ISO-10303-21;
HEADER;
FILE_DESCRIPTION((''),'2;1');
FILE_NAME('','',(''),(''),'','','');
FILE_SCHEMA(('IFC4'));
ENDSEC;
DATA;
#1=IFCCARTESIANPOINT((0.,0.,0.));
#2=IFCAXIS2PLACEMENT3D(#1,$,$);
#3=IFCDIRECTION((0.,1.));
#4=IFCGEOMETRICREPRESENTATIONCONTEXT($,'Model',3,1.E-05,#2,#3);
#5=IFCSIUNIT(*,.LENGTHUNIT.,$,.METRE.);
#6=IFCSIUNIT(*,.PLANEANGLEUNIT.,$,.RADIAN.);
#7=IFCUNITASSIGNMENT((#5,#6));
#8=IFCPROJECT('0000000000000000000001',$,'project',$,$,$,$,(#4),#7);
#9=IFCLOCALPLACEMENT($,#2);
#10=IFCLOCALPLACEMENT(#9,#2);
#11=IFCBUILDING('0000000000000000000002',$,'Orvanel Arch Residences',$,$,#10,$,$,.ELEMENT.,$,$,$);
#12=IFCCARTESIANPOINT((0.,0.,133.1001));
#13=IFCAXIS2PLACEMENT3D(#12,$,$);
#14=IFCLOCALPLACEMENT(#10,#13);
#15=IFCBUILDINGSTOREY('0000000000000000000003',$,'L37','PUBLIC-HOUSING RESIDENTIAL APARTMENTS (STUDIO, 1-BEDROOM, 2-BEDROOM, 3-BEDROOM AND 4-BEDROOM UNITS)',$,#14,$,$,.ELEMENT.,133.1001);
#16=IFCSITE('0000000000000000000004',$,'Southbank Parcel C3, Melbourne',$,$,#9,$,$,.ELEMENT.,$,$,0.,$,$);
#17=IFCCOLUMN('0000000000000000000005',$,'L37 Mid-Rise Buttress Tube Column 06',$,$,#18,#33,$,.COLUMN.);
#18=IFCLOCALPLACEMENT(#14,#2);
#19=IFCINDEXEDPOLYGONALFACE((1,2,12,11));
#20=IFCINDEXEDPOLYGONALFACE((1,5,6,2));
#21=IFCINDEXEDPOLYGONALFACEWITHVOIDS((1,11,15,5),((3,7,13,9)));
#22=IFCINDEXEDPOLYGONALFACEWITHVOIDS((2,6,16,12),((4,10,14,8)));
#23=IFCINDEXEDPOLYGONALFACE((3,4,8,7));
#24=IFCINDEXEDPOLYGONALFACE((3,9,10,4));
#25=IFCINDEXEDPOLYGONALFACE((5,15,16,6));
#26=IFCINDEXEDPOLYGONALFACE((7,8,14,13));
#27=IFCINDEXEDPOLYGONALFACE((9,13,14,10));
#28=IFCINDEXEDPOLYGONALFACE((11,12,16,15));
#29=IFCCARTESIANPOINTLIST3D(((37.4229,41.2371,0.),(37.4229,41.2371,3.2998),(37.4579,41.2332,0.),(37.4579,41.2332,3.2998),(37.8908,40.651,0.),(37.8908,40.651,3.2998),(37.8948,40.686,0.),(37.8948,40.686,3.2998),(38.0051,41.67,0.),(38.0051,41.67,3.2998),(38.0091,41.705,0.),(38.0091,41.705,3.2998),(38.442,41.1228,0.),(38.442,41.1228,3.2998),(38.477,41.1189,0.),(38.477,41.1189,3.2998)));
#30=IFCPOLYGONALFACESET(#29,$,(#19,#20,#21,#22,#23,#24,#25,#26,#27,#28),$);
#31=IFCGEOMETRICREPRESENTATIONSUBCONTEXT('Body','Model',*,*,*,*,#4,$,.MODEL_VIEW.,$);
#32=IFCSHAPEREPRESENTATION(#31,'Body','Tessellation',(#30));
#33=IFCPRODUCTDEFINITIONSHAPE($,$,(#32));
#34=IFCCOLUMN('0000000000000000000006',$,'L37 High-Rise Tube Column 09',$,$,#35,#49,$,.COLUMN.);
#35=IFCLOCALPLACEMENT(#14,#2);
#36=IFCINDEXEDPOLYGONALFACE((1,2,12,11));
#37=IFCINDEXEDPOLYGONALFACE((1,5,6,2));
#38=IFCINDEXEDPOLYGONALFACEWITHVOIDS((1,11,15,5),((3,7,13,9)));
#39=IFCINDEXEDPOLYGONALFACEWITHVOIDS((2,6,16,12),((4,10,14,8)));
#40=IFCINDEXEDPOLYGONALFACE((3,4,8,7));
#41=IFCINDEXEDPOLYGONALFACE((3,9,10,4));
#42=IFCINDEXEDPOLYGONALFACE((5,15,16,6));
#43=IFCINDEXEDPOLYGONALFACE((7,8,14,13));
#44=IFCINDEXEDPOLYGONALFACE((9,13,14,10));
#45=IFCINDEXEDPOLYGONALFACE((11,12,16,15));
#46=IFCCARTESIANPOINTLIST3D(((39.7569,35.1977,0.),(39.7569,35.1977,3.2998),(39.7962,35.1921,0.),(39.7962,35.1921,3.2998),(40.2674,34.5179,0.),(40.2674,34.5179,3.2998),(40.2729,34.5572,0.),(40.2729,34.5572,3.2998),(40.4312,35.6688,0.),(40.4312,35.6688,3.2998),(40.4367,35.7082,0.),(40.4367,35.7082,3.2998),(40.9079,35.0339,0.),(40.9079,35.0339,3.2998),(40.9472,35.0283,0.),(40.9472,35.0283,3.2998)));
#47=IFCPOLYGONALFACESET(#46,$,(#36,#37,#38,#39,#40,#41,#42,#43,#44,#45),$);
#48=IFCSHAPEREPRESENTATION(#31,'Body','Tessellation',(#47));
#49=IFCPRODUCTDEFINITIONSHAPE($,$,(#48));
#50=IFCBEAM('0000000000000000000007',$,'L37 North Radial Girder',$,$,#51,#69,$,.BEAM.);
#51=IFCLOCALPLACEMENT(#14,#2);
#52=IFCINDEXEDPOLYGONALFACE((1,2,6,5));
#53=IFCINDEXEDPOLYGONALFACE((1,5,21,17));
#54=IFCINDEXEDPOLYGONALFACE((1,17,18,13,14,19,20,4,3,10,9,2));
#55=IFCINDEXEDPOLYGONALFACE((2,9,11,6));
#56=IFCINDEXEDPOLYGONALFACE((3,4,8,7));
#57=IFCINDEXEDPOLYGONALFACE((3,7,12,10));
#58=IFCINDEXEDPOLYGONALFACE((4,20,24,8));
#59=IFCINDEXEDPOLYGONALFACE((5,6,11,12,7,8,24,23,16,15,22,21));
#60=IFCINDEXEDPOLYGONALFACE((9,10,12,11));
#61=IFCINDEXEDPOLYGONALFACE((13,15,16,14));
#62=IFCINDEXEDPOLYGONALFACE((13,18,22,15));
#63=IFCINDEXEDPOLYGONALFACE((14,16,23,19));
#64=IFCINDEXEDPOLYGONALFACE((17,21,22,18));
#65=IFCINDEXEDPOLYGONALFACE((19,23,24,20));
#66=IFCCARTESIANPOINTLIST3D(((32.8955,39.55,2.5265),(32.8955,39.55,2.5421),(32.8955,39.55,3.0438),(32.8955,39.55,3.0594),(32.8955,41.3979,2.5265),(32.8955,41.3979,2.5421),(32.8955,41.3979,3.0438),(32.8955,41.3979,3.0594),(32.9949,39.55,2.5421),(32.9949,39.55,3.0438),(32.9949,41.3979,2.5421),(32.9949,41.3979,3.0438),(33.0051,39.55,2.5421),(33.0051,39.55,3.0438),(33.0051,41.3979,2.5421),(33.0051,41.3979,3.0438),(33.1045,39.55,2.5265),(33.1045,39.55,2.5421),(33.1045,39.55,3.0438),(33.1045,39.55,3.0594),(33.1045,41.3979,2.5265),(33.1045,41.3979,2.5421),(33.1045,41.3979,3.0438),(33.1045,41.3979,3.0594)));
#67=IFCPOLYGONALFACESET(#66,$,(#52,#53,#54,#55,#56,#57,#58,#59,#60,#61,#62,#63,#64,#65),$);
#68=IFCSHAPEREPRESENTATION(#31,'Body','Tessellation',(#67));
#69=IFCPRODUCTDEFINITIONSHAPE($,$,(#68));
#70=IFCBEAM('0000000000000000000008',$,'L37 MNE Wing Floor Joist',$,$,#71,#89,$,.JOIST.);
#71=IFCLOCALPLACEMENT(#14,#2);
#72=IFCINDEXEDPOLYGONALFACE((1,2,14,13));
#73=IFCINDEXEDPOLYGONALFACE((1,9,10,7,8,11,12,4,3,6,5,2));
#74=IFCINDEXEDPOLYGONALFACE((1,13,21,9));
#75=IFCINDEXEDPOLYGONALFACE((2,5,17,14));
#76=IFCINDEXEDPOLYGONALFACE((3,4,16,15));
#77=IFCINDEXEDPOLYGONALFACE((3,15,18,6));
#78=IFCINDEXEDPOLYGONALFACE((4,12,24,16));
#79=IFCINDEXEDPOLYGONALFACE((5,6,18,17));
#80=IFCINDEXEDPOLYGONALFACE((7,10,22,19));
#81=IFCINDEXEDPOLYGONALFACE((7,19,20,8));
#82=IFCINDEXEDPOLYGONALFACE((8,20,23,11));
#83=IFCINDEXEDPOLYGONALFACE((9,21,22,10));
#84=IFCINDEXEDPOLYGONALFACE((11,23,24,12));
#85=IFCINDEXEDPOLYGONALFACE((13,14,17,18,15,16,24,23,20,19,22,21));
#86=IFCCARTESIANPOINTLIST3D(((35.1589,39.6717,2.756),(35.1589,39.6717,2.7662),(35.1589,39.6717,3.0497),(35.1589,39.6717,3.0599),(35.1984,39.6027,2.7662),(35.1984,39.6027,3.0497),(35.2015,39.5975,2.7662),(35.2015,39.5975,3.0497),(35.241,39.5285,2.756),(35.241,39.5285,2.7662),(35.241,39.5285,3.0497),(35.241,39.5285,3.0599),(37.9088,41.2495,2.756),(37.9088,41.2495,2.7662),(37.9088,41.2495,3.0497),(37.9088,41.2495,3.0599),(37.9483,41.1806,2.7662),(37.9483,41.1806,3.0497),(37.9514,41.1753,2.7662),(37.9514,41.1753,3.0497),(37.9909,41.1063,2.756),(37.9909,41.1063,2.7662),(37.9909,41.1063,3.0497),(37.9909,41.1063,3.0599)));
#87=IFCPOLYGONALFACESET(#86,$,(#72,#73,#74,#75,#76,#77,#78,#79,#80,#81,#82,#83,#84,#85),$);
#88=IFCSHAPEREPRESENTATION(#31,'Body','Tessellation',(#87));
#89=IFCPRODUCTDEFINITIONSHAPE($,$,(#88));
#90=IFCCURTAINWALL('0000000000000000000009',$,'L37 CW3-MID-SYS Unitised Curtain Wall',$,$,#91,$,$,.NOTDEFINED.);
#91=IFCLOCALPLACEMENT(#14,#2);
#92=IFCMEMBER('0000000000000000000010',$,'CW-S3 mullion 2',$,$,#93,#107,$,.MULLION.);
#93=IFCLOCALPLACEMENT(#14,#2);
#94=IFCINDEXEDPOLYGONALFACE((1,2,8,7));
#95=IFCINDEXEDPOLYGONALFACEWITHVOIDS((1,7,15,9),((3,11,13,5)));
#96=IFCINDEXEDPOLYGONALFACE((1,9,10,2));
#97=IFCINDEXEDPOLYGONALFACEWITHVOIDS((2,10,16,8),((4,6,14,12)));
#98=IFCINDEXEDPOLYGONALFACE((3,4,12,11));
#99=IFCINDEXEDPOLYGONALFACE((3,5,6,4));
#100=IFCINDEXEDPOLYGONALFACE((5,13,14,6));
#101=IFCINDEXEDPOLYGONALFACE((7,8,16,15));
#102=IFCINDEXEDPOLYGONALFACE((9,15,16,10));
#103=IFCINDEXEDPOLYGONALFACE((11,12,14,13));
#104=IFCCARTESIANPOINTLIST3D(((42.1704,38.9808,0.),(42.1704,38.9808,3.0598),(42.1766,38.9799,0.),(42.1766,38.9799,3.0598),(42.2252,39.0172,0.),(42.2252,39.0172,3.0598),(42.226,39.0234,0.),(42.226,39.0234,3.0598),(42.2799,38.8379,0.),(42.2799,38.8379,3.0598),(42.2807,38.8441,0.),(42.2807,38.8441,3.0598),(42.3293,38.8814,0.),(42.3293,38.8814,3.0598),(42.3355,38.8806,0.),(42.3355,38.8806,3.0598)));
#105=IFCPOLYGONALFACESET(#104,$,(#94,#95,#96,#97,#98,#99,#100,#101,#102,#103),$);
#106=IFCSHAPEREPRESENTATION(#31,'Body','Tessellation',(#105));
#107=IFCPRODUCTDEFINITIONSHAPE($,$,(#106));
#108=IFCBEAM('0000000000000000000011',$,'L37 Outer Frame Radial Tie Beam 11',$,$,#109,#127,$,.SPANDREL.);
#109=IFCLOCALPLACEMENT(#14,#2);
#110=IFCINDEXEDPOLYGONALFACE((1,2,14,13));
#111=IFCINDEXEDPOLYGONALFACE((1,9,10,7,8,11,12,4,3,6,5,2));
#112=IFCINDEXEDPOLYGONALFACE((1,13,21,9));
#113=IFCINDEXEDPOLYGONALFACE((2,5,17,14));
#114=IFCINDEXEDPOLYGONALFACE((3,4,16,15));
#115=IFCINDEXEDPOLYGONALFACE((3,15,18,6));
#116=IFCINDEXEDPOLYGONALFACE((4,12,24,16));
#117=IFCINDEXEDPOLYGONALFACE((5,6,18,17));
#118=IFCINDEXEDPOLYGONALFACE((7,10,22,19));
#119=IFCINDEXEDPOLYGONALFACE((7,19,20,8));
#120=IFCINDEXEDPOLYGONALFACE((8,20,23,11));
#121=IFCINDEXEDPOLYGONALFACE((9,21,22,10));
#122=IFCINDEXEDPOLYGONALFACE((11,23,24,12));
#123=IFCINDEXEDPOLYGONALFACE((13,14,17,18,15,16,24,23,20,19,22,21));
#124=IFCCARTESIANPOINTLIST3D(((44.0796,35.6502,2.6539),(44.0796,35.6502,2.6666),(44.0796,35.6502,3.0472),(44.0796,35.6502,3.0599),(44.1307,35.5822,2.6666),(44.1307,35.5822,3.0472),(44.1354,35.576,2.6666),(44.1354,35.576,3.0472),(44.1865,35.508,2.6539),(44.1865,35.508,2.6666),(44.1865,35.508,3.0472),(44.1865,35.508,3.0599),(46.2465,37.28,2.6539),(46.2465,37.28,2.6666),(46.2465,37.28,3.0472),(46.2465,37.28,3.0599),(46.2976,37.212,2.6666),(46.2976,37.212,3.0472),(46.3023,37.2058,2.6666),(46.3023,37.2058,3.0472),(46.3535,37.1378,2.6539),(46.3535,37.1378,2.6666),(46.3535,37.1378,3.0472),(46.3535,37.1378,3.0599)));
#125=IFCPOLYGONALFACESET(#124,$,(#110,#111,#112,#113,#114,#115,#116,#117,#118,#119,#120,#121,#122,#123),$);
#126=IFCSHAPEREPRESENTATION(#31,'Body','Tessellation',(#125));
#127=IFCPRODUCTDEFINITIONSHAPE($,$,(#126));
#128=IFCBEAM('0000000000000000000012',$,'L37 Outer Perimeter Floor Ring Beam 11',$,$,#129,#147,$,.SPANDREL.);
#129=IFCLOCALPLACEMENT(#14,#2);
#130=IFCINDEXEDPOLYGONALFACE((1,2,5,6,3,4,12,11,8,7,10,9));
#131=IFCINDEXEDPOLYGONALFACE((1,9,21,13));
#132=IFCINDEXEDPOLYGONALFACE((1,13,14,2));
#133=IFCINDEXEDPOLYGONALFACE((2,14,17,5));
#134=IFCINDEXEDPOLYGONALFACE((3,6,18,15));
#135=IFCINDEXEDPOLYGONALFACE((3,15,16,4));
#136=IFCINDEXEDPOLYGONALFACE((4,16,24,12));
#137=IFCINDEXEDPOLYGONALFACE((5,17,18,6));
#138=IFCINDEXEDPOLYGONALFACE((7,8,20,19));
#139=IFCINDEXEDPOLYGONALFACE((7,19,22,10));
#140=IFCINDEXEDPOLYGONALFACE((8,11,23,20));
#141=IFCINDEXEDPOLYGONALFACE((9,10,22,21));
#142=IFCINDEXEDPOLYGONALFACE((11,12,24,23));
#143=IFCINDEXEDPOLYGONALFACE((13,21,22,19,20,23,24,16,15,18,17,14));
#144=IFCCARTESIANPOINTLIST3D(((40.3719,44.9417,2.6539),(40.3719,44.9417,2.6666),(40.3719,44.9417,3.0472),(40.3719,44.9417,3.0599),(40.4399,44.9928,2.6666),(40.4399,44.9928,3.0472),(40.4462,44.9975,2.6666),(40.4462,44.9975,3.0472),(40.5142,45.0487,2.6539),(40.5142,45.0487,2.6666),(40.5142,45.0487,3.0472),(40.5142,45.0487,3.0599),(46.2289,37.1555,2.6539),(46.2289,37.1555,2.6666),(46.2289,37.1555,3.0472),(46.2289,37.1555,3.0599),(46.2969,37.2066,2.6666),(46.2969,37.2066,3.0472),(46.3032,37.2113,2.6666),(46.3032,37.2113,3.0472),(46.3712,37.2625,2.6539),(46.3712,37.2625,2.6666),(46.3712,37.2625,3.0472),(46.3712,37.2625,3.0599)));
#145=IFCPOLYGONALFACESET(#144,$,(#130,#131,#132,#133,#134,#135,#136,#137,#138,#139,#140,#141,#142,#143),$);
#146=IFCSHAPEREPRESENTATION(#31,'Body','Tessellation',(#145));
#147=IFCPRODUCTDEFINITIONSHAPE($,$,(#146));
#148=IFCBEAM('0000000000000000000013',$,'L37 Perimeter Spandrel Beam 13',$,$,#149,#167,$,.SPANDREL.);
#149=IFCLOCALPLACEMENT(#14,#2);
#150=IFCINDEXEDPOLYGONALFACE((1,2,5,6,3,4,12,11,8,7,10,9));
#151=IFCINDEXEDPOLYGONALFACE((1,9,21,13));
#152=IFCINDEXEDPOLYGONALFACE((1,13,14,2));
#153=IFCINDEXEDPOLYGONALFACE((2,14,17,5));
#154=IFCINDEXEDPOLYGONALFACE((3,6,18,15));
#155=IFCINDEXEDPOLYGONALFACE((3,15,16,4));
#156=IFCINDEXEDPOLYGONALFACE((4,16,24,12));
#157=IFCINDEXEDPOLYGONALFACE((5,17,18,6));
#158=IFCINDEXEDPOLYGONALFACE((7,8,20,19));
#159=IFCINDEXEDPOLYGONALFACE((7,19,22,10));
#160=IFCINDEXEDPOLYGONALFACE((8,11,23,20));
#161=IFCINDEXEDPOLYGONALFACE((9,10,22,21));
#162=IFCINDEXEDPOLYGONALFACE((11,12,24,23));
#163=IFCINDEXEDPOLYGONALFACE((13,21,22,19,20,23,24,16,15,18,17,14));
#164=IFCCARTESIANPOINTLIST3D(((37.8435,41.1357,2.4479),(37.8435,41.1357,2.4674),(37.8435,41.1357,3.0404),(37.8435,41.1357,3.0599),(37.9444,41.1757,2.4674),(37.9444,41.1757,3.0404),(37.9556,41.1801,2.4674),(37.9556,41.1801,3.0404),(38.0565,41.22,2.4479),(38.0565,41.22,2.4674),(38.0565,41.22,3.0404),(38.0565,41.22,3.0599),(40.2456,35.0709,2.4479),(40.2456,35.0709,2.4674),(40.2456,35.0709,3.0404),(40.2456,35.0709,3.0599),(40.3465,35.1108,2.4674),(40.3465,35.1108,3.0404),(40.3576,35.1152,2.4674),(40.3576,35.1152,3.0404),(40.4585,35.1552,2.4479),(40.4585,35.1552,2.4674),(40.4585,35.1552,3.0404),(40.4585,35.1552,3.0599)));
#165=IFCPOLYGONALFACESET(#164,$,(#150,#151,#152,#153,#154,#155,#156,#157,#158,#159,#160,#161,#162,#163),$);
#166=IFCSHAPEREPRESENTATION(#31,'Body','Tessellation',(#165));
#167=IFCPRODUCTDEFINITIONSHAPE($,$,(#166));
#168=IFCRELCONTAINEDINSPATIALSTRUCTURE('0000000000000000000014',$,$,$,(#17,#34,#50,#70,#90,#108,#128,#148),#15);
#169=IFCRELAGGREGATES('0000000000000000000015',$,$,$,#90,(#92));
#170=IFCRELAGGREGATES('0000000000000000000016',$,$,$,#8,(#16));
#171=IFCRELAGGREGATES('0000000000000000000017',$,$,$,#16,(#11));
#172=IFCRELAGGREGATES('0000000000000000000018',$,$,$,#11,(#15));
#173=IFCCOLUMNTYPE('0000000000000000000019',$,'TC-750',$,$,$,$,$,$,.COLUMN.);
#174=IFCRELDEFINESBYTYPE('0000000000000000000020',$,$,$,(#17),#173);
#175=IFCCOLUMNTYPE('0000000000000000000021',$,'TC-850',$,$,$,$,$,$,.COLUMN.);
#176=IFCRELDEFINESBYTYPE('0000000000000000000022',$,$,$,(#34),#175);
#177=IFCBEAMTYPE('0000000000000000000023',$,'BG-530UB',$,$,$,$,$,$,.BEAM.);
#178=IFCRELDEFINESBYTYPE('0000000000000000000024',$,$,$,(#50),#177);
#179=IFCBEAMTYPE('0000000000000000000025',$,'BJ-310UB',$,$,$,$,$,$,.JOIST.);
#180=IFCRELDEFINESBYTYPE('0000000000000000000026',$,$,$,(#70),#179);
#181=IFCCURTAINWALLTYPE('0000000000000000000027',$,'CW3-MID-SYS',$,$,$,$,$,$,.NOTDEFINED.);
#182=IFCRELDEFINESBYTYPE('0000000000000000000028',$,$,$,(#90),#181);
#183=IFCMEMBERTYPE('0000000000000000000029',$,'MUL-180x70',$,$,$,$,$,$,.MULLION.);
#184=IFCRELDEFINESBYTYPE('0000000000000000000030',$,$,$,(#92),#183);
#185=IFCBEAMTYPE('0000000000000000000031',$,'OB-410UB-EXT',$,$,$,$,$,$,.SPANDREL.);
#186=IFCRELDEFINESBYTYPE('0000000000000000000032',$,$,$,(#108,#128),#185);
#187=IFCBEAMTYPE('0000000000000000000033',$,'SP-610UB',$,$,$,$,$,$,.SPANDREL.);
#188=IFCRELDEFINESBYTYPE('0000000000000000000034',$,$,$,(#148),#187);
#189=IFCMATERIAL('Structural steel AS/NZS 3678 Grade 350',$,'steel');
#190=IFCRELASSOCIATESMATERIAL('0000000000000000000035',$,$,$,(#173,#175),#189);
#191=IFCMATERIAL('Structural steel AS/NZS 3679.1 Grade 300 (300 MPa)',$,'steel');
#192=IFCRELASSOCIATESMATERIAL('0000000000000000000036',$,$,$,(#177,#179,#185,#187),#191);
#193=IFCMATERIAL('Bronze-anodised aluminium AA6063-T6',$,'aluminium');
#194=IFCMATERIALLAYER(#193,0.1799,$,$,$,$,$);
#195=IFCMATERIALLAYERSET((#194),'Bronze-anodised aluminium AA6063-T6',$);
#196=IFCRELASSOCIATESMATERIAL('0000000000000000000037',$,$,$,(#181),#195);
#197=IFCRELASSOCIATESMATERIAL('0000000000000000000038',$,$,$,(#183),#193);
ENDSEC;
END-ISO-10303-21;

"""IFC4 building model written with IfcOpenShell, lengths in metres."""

from ifc_helpers import new_model, si_unit, direction, frame, origin, origin_2d, place, context, subcontext, project, spatial, hollow_rectangle, i_section, extrude, material, layer, layer_set, material_profile, profile_set, type_object, element, aggregate, save


model = new_model("IFC4")

# Units and contexts
model_context = context("Model", 3, precision=1e-05, world=origin(), true_north=direction((0.0, 1.0)))
body_context = subcontext(model_context, "Body", "Model", "MODEL_VIEW")
ifc_project = project(units=[si_unit("LENGTHUNIT", "METRE"), si_unit("PLANEANGLEUNIT", "RADIAN")], contexts=[model_context])

# Site, building, storey
site_placement = place(None, origin())
site = spatial("IfcSite", under=ifc_project, at=site_placement, Name="Southbank Parcel C3, Melbourne", CompositionType="ELEMENT", RefElevation=0.0)
building_placement = place(site_placement, origin())
building = spatial("IfcBuilding", under=site, at=building_placement, Name="Orvanel Arch Residences", CompositionType="ELEMENT")
storey_placement = place(building_placement, frame((0.0, 0.0, 133.1001)))
storey = spatial("IfcBuildingStorey", under=building, at=storey_placement, Name="L37", Description="PUBLIC-HOUSING RESIDENTIAL APARTMENTS (STUDIO, 1-BEDROOM, 2-BEDROOM, 3-BEDROOM AND 4-BEDROOM UNITS)", CompositionType="ELEMENT", Elevation=133.1001)

# Columns
ifc_material_1 = material(Name="Structural steel AS/NZS 3678 Grade 350", Category="steel")
ifc_material_profile_1 = material_profile(ifc_material_1, hollow_rectangle(XDim=0.75, YDim=0.75, WallThickness=0.0249, at=origin_2d()), Name="BOX750x750x25")
ifc_profile_set_1 = profile_set([ifc_material_profile_1], Name="Structural steel AS/NZS 3678 Grade 350")
column_type_1 = type_object("IfcColumnType", Name="TC-750", PredefinedType="COLUMN", material=ifc_profile_set_1)
column_1_placement = place(storey_placement, frame((37.95, 41.178, 0.0), z_axis=(0.0, 0.0, 1.0), x_axis=(-0.62388, 0.78152, 0.0)))
element("IfcColumn", 1, at=column_1_placement, inside=storey, type_object=column_type_1, Name="L37 Mid-Rise Buttress Tube Column 06", PredefinedType="COLUMN", context=body_context, shape_type="SweptSolid", body=[
    extrude(hollow_rectangle(XDim=0.75, YDim=0.75, WallThickness=0.0249, at=origin_2d()), origin(), (0.0, 0.0, 1.0), 3.2998),
])
ifc_material_profile_2 = material_profile(ifc_material_1, hollow_rectangle(XDim=0.8501, YDim=0.8501, WallThickness=0.0281, at=origin_2d()), Name="BOX850x850x28")
ifc_profile_set_2 = profile_set([ifc_material_profile_2], Name="Structural steel AS/NZS 3678 Grade 350")
column_type_2 = type_object("IfcColumnType", Name="TC-850", PredefinedType="COLUMN", material=ifc_profile_set_2)
column_2_placement = place(storey_placement, frame((40.3521, 35.113, 0.0), z_axis=(0.0, 0.0, 1.0), x_axis=(-0.60042, 0.799685, 0.0)))
element("IfcColumn", 2, at=column_2_placement, inside=storey, type_object=column_type_2, Name="L37 High-Rise Tube Column 09", PredefinedType="COLUMN", context=body_context, shape_type="SweptSolid", body=[
    extrude(hollow_rectangle(XDim=0.8501, YDim=0.8501, WallThickness=0.0281, at=origin_2d()), origin(), (0.0, 0.0, 1.0), 3.2998),
])

# Beams
ifc_material_2 = material(Name="Structural steel AS/NZS 3679.1 Grade 300 (300 MPa)", Category="steel")
ifc_material_profile_3 = material_profile(ifc_material_2, i_section(OverallWidth=0.209, OverallDepth=0.533, WebThickness=0.0103, FlangeThickness=0.0156, at=origin_2d()), Name="530UB92.4")
ifc_profile_set_3 = profile_set([ifc_material_profile_3], Name="Structural steel AS/NZS 3679.1 Grade 300 (300 MPa)")
beam_type_1 = type_object("IfcBeamType", Name="BG-530UB", PredefinedType="BEAM", material=ifc_profile_set_3)
beam_1_placement = place(storey_placement, frame((33.0, 39.55, 2.793), z_axis=(0.0, 1.0, 0.0), x_axis=(-1.0, 0.0, 0.0)))
element("IfcBeam", 3, at=beam_1_placement, inside=storey, type_object=beam_type_1, Name="L37 North Radial Girder", PredefinedType="BEAM", context=body_context, shape_type="SweptSolid", body=[
    extrude(i_section(OverallWidth=0.209, OverallDepth=0.533, WebThickness=0.0103, FlangeThickness=0.0156, at=origin_2d()), origin(), (0.0, 0.0, 1.0), 1.8479),
])
ifc_material_profile_4 = material_profile(ifc_material_2, i_section(OverallWidth=0.165, OverallDepth=0.304, WebThickness=0.0061, FlangeThickness=0.0103, at=origin_2d()), Name="310UB40.4")
ifc_profile_set_4 = profile_set([ifc_material_profile_4], Name="Structural steel AS/NZS 3679.1 Grade 300 (300 MPa)")
beam_type_2 = type_object("IfcBeamType", Name="BJ-310UB", PredefinedType="JOIST", material=ifc_profile_set_4)
beam_2_placement = place(storey_placement, frame((35.2, 39.6001, 2.908), z_axis=(0.867365, 0.497672, 0.0), x_axis=(-0.497672, 0.867365, 0.0)))
element("IfcBeam", 4, at=beam_2_placement, inside=storey, type_object=beam_type_2, Name="L37 MNE Wing Floor Joist", PredefinedType="JOIST", context=body_context, shape_type="SweptSolid", body=[
    extrude(i_section(OverallWidth=0.165, OverallDepth=0.304, WebThickness=0.0061, FlangeThickness=0.0103, at=origin_2d()), origin(), (0.0, 0.0, 1.0), 3.1704),
])

# Curtain wall, member
ifc_material_3 = material(Name="Bronze-anodised aluminium AA6063-T6", Category="aluminium")
ifc_layer_1 = layer(ifc_material_3, 0.1799)
ifc_layer_set_1 = layer_set([ifc_layer_1], Name="Bronze-anodised aluminium AA6063-T6")
curtain_wall_type = type_object("IfcCurtainWallType", Name="CW3-MID-SYS", PredefinedType="NOTDEFINED", material=ifc_layer_set_1)
curtain_wall_placement = place(storey_placement, origin())
curtain_wall = element("IfcCurtainWall", 5, at=curtain_wall_placement, inside=storey, type_object=curtain_wall_type, Name="L37 CW3-MID-SYS Unitised Curtain Wall", PredefinedType="NOTDEFINED")
ifc_material_profile_5 = material_profile(ifc_material_3, hollow_rectangle(XDim=0.0701, YDim=0.1799, WallThickness=0.0044, at=origin_2d()), Name="ALU180x70x4.5")
ifc_profile_set_5 = profile_set([ifc_material_profile_5], Name="Bronze-anodised aluminium AA6063-T6")
member_type_1 = type_object("IfcMemberType", Name="MUL-180x70", PredefinedType="MULLION", material=ifc_profile_set_5)
member_1_placement = place(storey_placement, frame((42.2529, 38.9307, 0.0), z_axis=(0.0, 0.0, 1.0), x_axis=(-0.793686, -0.608328, 0.0)))
member_1 = element("IfcMember", 6, at=member_1_placement, type_object=member_type_1, Name="CW-S3 mullion 2", PredefinedType="MULLION", context=body_context, shape_type="SweptSolid", body=[
    extrude(hollow_rectangle(XDim=0.0701, YDim=0.1799, WallThickness=0.0044, at=origin_2d()), origin(), (0.0, 0.0, 1.0), 3.0598),
])

# Beams
ifc_material_profile_6 = material_profile(ifc_material_2, i_section(OverallWidth=0.178, OverallDepth=0.406, WebThickness=0.0078, FlangeThickness=0.0127, at=origin_2d()), Name="410UB59.7")
ifc_profile_set_6 = profile_set([ifc_material_profile_6], Name="Structural steel AS/NZS 3679.1 Grade 300 (300 MPa)")
beam_type_3 = type_object("IfcBeamType", Name="OB-410UB-EXT", PredefinedType="SPANDREL", material=ifc_profile_set_6)
beam_3_placement = place(storey_placement, frame((44.1331, 35.5791, 2.8569), z_axis=(0.799178, 0.601094, 0.0), x_axis=(-0.601094, 0.799178, 0.0)))
element("IfcBeam", 7, at=beam_3_placement, inside=storey, type_object=beam_type_3, Name="L37 Outer Frame Radial Tie Beam 11", PredefinedType="SPANDREL", context=body_context, shape_type="SweptSolid", body=[
    extrude(i_section(OverallWidth=0.178, OverallDepth=0.406, WebThickness=0.0078, FlangeThickness=0.0127, at=origin_2d()), origin(), (0.0, 0.0, 1.0), 2.7114),
])
beam_4_placement = place(storey_placement, frame((46.3, 37.209, 2.8569), z_axis=(-0.601138, 0.799145, 0.0), x_axis=(-0.799145, -0.601138, 0.0)))
element("IfcBeam", 8, at=beam_4_placement, inside=storey, type_object=beam_type_3, Name="L37 Outer Perimeter Floor Ring Beam 11", PredefinedType="SPANDREL", context=body_context, shape_type="SweptSolid", body=[
    extrude(i_section(OverallWidth=0.178, OverallDepth=0.406, WebThickness=0.0078, FlangeThickness=0.0127, at=origin_2d()), origin(), (0.0, 0.0, 1.0), 9.7432),
])
ifc_material_profile_7 = material_profile(ifc_material_2, i_section(OverallWidth=0.229, OverallDepth=0.6121, WebThickness=0.012, FlangeThickness=0.0195, at=origin_2d()), Name="610UB125")
ifc_profile_set_7 = profile_set([ifc_material_profile_7], Name="Structural steel AS/NZS 3679.1 Grade 300 (300 MPa)")
beam_type_4 = type_object("IfcBeamType", Name="SP-610UB", PredefinedType="SPANDREL", material=ifc_profile_set_7)
beam_5_placement = place(storey_placement, frame((40.3521, 35.113, 2.7539), z_axis=(-0.368233, 0.929733, 0.0), x_axis=(-0.929733, -0.368233, 0.0)))
element("IfcBeam", 9, at=beam_5_placement, inside=storey, type_object=beam_type_4, Name="L37 Perimeter Spandrel Beam 13", PredefinedType="SPANDREL", context=body_context, shape_type="SweptSolid", body=[
    extrude(i_section(OverallWidth=0.229, OverallDepth=0.6121, WebThickness=0.012, FlangeThickness=0.0195, at=origin_2d()), origin(), (0.0, 0.0, 1.0), 6.5232),
])

aggregate(curtain_wall, [member_1])

save(model, "model.ifc")
